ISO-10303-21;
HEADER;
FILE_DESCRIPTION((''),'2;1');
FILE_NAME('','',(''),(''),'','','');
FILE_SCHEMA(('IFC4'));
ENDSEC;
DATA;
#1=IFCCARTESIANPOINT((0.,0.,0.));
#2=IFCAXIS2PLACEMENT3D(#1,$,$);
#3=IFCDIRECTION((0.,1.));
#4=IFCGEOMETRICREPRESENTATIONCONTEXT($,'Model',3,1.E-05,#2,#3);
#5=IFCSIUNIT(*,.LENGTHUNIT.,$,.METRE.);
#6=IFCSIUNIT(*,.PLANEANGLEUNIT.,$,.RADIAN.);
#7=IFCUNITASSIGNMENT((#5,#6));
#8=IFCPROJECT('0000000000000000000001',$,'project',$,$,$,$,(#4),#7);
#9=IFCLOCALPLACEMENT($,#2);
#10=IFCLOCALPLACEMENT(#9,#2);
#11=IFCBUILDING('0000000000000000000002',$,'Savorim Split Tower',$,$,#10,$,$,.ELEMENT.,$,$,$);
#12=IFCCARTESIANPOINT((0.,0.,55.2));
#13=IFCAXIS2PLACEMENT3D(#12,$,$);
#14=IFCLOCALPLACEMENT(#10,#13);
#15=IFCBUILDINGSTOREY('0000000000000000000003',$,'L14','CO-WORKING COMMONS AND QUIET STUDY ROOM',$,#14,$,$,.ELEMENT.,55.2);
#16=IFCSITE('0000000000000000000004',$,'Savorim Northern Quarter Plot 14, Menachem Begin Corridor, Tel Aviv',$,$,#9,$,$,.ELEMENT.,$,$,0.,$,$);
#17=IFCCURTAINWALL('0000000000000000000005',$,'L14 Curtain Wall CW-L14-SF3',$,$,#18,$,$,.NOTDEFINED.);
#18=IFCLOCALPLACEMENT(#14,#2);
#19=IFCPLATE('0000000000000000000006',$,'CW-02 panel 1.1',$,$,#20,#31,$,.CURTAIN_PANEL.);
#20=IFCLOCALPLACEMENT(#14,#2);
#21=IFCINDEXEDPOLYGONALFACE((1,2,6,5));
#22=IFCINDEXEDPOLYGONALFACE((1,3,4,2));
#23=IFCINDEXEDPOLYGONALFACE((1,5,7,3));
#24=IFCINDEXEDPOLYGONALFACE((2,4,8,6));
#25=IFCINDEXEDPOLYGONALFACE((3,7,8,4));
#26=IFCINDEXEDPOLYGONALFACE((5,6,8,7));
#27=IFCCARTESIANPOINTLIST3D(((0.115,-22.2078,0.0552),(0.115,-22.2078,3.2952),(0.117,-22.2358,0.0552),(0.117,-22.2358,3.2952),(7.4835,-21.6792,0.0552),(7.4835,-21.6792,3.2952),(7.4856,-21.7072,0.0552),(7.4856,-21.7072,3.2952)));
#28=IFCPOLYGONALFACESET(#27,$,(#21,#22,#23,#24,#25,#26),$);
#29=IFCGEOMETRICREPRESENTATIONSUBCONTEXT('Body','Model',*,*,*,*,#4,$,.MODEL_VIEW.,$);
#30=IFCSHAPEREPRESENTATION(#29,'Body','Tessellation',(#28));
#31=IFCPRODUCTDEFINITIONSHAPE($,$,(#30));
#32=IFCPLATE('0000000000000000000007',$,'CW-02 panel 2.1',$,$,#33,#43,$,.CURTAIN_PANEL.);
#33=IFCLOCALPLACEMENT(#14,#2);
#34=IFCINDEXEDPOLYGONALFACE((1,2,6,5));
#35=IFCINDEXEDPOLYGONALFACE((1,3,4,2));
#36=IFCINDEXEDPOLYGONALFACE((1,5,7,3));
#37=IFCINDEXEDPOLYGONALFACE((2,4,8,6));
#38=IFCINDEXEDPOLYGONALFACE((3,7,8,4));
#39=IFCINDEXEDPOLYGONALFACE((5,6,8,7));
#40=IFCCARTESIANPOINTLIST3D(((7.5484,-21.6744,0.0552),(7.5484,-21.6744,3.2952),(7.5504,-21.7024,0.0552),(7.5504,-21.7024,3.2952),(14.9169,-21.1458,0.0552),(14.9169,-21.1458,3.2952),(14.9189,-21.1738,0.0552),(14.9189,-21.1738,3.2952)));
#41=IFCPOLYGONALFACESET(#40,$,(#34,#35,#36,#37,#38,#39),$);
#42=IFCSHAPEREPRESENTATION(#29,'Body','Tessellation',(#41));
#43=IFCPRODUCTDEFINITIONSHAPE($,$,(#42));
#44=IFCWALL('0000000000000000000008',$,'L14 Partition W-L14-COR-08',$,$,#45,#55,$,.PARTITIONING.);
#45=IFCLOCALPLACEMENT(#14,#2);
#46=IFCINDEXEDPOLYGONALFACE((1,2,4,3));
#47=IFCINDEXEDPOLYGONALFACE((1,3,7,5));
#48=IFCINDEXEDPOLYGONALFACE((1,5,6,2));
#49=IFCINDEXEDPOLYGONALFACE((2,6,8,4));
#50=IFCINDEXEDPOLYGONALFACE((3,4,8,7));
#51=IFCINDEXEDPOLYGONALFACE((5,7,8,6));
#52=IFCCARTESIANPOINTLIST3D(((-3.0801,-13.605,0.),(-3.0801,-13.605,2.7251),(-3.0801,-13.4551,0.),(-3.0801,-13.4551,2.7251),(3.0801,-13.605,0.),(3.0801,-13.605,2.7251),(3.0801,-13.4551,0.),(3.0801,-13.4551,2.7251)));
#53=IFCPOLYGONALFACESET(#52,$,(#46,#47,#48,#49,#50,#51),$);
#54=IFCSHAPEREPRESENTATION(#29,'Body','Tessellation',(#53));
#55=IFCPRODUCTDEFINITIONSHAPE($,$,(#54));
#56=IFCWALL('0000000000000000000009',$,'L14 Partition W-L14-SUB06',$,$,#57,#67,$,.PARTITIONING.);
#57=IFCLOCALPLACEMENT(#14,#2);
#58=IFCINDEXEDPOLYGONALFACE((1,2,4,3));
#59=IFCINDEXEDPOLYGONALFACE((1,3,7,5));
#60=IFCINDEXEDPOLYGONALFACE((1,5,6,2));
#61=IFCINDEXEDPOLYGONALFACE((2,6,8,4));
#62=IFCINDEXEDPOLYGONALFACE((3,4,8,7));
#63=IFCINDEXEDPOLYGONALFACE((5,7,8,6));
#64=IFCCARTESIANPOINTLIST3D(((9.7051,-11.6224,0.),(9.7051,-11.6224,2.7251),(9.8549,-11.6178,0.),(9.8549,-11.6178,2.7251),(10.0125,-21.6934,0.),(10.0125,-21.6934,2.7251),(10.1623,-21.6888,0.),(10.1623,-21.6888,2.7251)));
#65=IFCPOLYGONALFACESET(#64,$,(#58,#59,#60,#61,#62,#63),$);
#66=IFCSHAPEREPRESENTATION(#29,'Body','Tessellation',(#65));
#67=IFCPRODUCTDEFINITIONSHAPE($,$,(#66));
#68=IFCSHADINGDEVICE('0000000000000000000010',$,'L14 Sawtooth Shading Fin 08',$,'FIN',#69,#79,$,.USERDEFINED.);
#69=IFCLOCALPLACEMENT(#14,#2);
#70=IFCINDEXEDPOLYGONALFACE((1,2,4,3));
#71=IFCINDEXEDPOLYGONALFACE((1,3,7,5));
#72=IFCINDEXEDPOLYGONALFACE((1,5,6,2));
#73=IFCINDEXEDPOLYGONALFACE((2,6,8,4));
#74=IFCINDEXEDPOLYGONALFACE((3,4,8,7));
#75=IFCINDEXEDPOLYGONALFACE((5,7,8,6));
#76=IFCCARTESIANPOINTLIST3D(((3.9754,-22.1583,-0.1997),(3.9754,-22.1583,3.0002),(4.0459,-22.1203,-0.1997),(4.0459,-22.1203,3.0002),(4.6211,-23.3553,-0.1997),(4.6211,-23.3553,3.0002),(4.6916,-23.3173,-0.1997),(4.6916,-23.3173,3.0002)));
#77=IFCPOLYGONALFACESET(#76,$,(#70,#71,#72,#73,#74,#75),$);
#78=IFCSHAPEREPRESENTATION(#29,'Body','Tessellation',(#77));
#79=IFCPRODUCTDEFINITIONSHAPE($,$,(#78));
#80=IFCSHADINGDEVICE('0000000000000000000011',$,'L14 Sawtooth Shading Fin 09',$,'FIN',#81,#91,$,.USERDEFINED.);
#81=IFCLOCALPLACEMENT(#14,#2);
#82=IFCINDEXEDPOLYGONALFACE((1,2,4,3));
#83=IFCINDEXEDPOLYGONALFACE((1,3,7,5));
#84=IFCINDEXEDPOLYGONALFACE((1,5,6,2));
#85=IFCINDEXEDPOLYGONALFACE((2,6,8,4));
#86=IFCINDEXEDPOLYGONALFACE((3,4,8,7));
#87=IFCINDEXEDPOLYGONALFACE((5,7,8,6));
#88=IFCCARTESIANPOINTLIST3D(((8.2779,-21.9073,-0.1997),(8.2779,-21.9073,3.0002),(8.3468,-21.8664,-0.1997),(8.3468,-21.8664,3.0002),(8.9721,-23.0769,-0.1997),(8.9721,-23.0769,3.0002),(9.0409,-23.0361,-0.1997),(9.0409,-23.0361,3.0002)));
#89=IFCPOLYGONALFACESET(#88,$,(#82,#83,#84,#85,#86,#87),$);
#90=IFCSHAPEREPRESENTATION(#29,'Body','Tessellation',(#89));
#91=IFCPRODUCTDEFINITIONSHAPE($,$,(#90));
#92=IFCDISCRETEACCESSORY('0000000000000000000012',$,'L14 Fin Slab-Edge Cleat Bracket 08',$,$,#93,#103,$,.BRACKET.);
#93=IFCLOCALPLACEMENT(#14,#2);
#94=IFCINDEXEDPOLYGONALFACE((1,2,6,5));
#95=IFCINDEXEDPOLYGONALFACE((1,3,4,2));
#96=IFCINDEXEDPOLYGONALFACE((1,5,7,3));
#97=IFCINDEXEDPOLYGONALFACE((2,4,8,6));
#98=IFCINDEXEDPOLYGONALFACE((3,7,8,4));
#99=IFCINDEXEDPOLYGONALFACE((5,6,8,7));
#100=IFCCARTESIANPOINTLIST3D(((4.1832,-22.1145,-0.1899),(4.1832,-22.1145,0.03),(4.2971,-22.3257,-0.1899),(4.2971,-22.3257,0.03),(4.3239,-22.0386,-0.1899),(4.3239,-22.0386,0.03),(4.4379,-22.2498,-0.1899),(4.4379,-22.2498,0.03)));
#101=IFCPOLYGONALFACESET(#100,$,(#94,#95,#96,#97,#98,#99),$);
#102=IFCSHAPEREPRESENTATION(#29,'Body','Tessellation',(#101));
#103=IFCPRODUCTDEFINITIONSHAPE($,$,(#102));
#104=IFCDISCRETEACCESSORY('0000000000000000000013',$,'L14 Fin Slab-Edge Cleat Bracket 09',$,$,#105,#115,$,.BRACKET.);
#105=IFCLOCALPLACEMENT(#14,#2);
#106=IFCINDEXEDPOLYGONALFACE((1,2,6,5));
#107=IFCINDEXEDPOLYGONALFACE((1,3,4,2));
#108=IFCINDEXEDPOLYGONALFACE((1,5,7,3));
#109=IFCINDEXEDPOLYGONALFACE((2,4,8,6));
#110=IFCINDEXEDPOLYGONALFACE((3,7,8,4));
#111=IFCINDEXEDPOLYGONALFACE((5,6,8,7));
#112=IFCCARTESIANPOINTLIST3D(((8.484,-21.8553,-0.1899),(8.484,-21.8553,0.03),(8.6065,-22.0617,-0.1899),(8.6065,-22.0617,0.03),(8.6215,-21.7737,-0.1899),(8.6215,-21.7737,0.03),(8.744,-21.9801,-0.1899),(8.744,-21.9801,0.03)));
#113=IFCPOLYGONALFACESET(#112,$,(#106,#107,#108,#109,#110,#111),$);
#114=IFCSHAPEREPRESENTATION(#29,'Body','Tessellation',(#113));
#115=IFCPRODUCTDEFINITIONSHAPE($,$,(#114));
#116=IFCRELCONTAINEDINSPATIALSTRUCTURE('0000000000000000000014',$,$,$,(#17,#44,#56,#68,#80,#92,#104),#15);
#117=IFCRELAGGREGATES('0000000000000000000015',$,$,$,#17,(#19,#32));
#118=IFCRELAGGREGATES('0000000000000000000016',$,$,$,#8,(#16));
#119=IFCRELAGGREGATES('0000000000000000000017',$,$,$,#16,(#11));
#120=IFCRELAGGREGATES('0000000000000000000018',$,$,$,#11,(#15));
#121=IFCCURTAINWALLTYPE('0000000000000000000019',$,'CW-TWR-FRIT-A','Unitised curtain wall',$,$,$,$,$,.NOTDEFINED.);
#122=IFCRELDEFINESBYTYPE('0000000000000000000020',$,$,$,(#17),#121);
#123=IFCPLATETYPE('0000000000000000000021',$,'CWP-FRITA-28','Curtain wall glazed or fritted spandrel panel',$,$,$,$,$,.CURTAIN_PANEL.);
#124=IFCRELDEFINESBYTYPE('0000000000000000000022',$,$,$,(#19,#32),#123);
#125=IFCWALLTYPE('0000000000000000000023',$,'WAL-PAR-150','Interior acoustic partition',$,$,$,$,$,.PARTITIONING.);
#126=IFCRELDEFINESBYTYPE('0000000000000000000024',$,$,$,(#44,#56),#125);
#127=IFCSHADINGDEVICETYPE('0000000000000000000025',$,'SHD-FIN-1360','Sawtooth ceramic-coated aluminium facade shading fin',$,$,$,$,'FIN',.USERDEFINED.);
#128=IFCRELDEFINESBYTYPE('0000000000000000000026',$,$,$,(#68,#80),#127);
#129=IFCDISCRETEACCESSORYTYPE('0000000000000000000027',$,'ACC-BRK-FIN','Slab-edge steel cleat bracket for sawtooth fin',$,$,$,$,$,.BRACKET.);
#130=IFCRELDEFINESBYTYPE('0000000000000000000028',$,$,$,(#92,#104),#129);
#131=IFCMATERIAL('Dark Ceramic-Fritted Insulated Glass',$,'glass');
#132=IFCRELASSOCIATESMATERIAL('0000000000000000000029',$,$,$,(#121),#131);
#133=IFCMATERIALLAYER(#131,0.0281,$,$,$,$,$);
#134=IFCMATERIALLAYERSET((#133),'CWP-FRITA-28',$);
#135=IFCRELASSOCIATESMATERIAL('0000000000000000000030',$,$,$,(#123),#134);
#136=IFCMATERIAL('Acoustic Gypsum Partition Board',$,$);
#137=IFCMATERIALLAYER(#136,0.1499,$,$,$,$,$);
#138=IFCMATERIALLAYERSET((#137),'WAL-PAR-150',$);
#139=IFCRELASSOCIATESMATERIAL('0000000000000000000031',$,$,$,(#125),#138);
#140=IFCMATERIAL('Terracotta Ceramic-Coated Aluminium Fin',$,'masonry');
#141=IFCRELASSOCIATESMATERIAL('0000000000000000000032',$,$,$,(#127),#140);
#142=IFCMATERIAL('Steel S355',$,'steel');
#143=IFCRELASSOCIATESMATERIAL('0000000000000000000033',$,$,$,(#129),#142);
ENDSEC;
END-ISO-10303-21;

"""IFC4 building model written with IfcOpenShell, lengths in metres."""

from ifc_helpers import new_model, si_unit, direction, frame, frame_2d, origin, origin_2d, place, context, subcontext, project, spatial, rectangle, extrude, material, layer, layer_set, type_object, element, aggregate, save


model = new_model("IFC4")

# Units and contexts
model_context = context("Model", 3, precision=1e-05, world=origin(), true_north=direction((0.0, 1.0)))
body_context = subcontext(model_context, "Body", "Model", "MODEL_VIEW")
ifc_project = project(units=[si_unit("LENGTHUNIT", "METRE"), si_unit("PLANEANGLEUNIT", "RADIAN")], contexts=[model_context])

# Site, building, storey
site_placement = place(None, origin())
site = spatial("IfcSite", under=ifc_project, at=site_placement, Name="Savorim Northern Quarter Plot 14, Menachem Begin Corridor, Tel Aviv", CompositionType="ELEMENT", RefElevation=0.0)
building_placement = place(site_placement, origin())
building = spatial("IfcBuilding", under=site, at=building_placement, Name="Savorim Split Tower", CompositionType="ELEMENT")
storey_placement = place(building_placement, frame((0.0, 0.0, 55.2)))
storey = spatial("IfcBuildingStorey", under=building, at=storey_placement, Name="L14", Description="CO-WORKING COMMONS AND QUIET STUDY ROOM", CompositionType="ELEMENT", Elevation=55.2)

# Shared definitions
ifc_material_1 = material(Name="Steel S355", Category="steel")

# Curtain wall, plates
ifc_material_2 = material(Name="Dark Ceramic-Fritted Insulated Glass", Category="glass")
curtain_wall_type = type_object("IfcCurtainWallType", Name="CW-TWR-FRIT-A", Description="Unitised curtain wall", PredefinedType="NOTDEFINED", material=ifc_material_2)
curtain_wall_placement = place(storey_placement, origin())
curtain_wall = element("IfcCurtainWall", 1, at=curtain_wall_placement, inside=storey, type_object=curtain_wall_type, Name="L14 Curtain Wall CW-L14-SF3", PredefinedType="NOTDEFINED")
ifc_layer_1 = layer(ifc_material_2, 0.0281)
ifc_layer_set_1 = layer_set([ifc_layer_1], Name="CWP-FRITA-28")
plate_type = type_object("IfcPlateType", Name="CWP-FRITA-28", Description="Curtain wall glazed or fritted spandrel panel", PredefinedType="CURTAIN_PANEL", material=ifc_layer_set_1)
plate_1_placement = place(storey_placement, frame((3.8003, -21.9575, 0.0552), z_axis=(0.0, 0.0, 1.0), x_axis=(0.997437, 0.071557, 0.0)))
plate_1 = element("IfcPlate", 2, at=plate_1_placement, type_object=plate_type, Name="CW-02 panel 1.1", PredefinedType="CURTAIN_PANEL", context=body_context, shape_type="SweptSolid", body=[
    extrude(rectangle(XDim=7.3875, YDim=0.0281, at=origin_2d()), origin(), (0.0, 0.0, 1.0), 3.24),
])
plate_2_placement = place(storey_placement, frame((11.2336, -21.4241, 0.0552), z_axis=(0.0, 0.0, 1.0), x_axis=(0.997437, 0.071557, 0.0)))
plate_2 = element("IfcPlate", 3, at=plate_2_placement, type_object=plate_type, Name="CW-02 panel 2.1", PredefinedType="CURTAIN_PANEL", context=body_context, shape_type="SweptSolid", body=[
    extrude(rectangle(XDim=7.3875, YDim=0.0281, at=origin_2d()), origin(), (0.0, 0.0, 1.0), 3.24),
])
aggregate(curtain_wall, [plate_1, plate_2])

# Walls
ifc_material_3 = material(Name="Acoustic Gypsum Partition Board")
ifc_layer_2 = layer(ifc_material_3, 0.1499)
ifc_layer_set_2 = layer_set([ifc_layer_2], Name="WAL-PAR-150")
wall_type = type_object("IfcWallType", Name="WAL-PAR-150", Description="Interior acoustic partition", PredefinedType="PARTITIONING", material=ifc_layer_set_2)
wall_1_placement = place(storey_placement, frame((3.0801, -13.53, 0.0), z_axis=(0.0, 0.0, 1.0), x_axis=(-1.0, 0.0, 0.0)))
element("IfcWall", 4, at=wall_1_placement, inside=storey, type_object=wall_type, Name="L14 Partition W-L14-COR-08", PredefinedType="PARTITIONING", context=body_context, shape_type="SweptSolid", body=[
    extrude(rectangle(XDim=6.1602, YDim=0.1499, at=frame_2d((3.0801, 0.0))), origin(), (0.0, 0.0, 1.0), 2.7251),
])
wall_2_placement = place(storey_placement, frame((9.78, -11.6201, 0.0), z_axis=(0.0, 0.0, 1.0), x_axis=(0.030506, -0.999535, 0.0)))
element("IfcWall", 5, at=wall_2_placement, inside=storey, type_object=wall_type, Name="L14 Partition W-L14-SUB06", PredefinedType="PARTITIONING", context=body_context, shape_type="SweptSolid", body=[
    extrude(rectangle(XDim=10.0757, YDim=0.1499, at=frame_2d((5.0378, 0.0))), origin(), (0.0, 0.0, 1.0), 2.7251),
])

# Shading devices
ifc_material_4 = material(Name="Terracotta Ceramic-Coated Aluminium Fin", Category="masonry")
shading_device_type = type_object("IfcShadingDeviceType", Name="SHD-FIN-1360", Description="Sawtooth ceramic-coated aluminium facade shading fin", ElementType="FIN", PredefinedType="USERDEFINED", material=ifc_material_4)
for number, where, z_axis, x_axis, name in (
    (6, (4.3335, -22.7378, -0.1997), (0.0, 0.0, 1.0), (0.474778, -0.880106, 0.0), "L14 Sawtooth Shading Fin 08"),
    (7, (8.6594, -22.4717, -0.1997), (0.0, 0.0, 1.0), (0.510391, -0.859942, 0.0), "L14 Sawtooth Shading Fin 09"),
):
    element("IfcShadingDevice", number, at=place(storey_placement, frame(where, z_axis=z_axis, x_axis=x_axis)), inside=storey, type_object=shading_device_type, Name=name, ObjectType="FIN", PredefinedType="USERDEFINED", context=body_context, shape_type="SweptSolid", body=[
        extrude(rectangle(XDim=1.3601, YDim=0.0801, at=origin_2d()), origin(), (0.0, 0.0, 1.0), 3.2),
    ])

# Discrete accessories
discrete_accessory_type = type_object("IfcDiscreteAccessoryType", Name="ACC-BRK-FIN", Description="Slab-edge steel cleat bracket for sawtooth fin", PredefinedType="BRACKET", material=ifc_material_1)
for number, where, z_axis, x_axis, name in (
    (8, (4.3105, -22.1821, -0.1899), (0.0, 0.0, 1.0), (0.474778, -0.880106, 0.0), "L14 Fin Slab-Edge Cleat Bracket 08"),
    (9, (8.614, -21.9177, -0.1899), (0.0, 0.0, 1.0), (0.510391, -0.859942, 0.0), "L14 Fin Slab-Edge Cleat Bracket 09"),
):
    element("IfcDiscreteAccessory", number, at=place(storey_placement, frame(where, z_axis=z_axis, x_axis=x_axis)), inside=storey, type_object=discrete_accessory_type, Name=name, PredefinedType="BRACKET", context=body_context, shape_type="SweptSolid", body=[
        extrude(rectangle(XDim=0.24, YDim=0.1599, at=origin_2d()), origin(), (0.0, 0.0, 1.0), 0.22),
    ])

save(model, "model.ifc")
